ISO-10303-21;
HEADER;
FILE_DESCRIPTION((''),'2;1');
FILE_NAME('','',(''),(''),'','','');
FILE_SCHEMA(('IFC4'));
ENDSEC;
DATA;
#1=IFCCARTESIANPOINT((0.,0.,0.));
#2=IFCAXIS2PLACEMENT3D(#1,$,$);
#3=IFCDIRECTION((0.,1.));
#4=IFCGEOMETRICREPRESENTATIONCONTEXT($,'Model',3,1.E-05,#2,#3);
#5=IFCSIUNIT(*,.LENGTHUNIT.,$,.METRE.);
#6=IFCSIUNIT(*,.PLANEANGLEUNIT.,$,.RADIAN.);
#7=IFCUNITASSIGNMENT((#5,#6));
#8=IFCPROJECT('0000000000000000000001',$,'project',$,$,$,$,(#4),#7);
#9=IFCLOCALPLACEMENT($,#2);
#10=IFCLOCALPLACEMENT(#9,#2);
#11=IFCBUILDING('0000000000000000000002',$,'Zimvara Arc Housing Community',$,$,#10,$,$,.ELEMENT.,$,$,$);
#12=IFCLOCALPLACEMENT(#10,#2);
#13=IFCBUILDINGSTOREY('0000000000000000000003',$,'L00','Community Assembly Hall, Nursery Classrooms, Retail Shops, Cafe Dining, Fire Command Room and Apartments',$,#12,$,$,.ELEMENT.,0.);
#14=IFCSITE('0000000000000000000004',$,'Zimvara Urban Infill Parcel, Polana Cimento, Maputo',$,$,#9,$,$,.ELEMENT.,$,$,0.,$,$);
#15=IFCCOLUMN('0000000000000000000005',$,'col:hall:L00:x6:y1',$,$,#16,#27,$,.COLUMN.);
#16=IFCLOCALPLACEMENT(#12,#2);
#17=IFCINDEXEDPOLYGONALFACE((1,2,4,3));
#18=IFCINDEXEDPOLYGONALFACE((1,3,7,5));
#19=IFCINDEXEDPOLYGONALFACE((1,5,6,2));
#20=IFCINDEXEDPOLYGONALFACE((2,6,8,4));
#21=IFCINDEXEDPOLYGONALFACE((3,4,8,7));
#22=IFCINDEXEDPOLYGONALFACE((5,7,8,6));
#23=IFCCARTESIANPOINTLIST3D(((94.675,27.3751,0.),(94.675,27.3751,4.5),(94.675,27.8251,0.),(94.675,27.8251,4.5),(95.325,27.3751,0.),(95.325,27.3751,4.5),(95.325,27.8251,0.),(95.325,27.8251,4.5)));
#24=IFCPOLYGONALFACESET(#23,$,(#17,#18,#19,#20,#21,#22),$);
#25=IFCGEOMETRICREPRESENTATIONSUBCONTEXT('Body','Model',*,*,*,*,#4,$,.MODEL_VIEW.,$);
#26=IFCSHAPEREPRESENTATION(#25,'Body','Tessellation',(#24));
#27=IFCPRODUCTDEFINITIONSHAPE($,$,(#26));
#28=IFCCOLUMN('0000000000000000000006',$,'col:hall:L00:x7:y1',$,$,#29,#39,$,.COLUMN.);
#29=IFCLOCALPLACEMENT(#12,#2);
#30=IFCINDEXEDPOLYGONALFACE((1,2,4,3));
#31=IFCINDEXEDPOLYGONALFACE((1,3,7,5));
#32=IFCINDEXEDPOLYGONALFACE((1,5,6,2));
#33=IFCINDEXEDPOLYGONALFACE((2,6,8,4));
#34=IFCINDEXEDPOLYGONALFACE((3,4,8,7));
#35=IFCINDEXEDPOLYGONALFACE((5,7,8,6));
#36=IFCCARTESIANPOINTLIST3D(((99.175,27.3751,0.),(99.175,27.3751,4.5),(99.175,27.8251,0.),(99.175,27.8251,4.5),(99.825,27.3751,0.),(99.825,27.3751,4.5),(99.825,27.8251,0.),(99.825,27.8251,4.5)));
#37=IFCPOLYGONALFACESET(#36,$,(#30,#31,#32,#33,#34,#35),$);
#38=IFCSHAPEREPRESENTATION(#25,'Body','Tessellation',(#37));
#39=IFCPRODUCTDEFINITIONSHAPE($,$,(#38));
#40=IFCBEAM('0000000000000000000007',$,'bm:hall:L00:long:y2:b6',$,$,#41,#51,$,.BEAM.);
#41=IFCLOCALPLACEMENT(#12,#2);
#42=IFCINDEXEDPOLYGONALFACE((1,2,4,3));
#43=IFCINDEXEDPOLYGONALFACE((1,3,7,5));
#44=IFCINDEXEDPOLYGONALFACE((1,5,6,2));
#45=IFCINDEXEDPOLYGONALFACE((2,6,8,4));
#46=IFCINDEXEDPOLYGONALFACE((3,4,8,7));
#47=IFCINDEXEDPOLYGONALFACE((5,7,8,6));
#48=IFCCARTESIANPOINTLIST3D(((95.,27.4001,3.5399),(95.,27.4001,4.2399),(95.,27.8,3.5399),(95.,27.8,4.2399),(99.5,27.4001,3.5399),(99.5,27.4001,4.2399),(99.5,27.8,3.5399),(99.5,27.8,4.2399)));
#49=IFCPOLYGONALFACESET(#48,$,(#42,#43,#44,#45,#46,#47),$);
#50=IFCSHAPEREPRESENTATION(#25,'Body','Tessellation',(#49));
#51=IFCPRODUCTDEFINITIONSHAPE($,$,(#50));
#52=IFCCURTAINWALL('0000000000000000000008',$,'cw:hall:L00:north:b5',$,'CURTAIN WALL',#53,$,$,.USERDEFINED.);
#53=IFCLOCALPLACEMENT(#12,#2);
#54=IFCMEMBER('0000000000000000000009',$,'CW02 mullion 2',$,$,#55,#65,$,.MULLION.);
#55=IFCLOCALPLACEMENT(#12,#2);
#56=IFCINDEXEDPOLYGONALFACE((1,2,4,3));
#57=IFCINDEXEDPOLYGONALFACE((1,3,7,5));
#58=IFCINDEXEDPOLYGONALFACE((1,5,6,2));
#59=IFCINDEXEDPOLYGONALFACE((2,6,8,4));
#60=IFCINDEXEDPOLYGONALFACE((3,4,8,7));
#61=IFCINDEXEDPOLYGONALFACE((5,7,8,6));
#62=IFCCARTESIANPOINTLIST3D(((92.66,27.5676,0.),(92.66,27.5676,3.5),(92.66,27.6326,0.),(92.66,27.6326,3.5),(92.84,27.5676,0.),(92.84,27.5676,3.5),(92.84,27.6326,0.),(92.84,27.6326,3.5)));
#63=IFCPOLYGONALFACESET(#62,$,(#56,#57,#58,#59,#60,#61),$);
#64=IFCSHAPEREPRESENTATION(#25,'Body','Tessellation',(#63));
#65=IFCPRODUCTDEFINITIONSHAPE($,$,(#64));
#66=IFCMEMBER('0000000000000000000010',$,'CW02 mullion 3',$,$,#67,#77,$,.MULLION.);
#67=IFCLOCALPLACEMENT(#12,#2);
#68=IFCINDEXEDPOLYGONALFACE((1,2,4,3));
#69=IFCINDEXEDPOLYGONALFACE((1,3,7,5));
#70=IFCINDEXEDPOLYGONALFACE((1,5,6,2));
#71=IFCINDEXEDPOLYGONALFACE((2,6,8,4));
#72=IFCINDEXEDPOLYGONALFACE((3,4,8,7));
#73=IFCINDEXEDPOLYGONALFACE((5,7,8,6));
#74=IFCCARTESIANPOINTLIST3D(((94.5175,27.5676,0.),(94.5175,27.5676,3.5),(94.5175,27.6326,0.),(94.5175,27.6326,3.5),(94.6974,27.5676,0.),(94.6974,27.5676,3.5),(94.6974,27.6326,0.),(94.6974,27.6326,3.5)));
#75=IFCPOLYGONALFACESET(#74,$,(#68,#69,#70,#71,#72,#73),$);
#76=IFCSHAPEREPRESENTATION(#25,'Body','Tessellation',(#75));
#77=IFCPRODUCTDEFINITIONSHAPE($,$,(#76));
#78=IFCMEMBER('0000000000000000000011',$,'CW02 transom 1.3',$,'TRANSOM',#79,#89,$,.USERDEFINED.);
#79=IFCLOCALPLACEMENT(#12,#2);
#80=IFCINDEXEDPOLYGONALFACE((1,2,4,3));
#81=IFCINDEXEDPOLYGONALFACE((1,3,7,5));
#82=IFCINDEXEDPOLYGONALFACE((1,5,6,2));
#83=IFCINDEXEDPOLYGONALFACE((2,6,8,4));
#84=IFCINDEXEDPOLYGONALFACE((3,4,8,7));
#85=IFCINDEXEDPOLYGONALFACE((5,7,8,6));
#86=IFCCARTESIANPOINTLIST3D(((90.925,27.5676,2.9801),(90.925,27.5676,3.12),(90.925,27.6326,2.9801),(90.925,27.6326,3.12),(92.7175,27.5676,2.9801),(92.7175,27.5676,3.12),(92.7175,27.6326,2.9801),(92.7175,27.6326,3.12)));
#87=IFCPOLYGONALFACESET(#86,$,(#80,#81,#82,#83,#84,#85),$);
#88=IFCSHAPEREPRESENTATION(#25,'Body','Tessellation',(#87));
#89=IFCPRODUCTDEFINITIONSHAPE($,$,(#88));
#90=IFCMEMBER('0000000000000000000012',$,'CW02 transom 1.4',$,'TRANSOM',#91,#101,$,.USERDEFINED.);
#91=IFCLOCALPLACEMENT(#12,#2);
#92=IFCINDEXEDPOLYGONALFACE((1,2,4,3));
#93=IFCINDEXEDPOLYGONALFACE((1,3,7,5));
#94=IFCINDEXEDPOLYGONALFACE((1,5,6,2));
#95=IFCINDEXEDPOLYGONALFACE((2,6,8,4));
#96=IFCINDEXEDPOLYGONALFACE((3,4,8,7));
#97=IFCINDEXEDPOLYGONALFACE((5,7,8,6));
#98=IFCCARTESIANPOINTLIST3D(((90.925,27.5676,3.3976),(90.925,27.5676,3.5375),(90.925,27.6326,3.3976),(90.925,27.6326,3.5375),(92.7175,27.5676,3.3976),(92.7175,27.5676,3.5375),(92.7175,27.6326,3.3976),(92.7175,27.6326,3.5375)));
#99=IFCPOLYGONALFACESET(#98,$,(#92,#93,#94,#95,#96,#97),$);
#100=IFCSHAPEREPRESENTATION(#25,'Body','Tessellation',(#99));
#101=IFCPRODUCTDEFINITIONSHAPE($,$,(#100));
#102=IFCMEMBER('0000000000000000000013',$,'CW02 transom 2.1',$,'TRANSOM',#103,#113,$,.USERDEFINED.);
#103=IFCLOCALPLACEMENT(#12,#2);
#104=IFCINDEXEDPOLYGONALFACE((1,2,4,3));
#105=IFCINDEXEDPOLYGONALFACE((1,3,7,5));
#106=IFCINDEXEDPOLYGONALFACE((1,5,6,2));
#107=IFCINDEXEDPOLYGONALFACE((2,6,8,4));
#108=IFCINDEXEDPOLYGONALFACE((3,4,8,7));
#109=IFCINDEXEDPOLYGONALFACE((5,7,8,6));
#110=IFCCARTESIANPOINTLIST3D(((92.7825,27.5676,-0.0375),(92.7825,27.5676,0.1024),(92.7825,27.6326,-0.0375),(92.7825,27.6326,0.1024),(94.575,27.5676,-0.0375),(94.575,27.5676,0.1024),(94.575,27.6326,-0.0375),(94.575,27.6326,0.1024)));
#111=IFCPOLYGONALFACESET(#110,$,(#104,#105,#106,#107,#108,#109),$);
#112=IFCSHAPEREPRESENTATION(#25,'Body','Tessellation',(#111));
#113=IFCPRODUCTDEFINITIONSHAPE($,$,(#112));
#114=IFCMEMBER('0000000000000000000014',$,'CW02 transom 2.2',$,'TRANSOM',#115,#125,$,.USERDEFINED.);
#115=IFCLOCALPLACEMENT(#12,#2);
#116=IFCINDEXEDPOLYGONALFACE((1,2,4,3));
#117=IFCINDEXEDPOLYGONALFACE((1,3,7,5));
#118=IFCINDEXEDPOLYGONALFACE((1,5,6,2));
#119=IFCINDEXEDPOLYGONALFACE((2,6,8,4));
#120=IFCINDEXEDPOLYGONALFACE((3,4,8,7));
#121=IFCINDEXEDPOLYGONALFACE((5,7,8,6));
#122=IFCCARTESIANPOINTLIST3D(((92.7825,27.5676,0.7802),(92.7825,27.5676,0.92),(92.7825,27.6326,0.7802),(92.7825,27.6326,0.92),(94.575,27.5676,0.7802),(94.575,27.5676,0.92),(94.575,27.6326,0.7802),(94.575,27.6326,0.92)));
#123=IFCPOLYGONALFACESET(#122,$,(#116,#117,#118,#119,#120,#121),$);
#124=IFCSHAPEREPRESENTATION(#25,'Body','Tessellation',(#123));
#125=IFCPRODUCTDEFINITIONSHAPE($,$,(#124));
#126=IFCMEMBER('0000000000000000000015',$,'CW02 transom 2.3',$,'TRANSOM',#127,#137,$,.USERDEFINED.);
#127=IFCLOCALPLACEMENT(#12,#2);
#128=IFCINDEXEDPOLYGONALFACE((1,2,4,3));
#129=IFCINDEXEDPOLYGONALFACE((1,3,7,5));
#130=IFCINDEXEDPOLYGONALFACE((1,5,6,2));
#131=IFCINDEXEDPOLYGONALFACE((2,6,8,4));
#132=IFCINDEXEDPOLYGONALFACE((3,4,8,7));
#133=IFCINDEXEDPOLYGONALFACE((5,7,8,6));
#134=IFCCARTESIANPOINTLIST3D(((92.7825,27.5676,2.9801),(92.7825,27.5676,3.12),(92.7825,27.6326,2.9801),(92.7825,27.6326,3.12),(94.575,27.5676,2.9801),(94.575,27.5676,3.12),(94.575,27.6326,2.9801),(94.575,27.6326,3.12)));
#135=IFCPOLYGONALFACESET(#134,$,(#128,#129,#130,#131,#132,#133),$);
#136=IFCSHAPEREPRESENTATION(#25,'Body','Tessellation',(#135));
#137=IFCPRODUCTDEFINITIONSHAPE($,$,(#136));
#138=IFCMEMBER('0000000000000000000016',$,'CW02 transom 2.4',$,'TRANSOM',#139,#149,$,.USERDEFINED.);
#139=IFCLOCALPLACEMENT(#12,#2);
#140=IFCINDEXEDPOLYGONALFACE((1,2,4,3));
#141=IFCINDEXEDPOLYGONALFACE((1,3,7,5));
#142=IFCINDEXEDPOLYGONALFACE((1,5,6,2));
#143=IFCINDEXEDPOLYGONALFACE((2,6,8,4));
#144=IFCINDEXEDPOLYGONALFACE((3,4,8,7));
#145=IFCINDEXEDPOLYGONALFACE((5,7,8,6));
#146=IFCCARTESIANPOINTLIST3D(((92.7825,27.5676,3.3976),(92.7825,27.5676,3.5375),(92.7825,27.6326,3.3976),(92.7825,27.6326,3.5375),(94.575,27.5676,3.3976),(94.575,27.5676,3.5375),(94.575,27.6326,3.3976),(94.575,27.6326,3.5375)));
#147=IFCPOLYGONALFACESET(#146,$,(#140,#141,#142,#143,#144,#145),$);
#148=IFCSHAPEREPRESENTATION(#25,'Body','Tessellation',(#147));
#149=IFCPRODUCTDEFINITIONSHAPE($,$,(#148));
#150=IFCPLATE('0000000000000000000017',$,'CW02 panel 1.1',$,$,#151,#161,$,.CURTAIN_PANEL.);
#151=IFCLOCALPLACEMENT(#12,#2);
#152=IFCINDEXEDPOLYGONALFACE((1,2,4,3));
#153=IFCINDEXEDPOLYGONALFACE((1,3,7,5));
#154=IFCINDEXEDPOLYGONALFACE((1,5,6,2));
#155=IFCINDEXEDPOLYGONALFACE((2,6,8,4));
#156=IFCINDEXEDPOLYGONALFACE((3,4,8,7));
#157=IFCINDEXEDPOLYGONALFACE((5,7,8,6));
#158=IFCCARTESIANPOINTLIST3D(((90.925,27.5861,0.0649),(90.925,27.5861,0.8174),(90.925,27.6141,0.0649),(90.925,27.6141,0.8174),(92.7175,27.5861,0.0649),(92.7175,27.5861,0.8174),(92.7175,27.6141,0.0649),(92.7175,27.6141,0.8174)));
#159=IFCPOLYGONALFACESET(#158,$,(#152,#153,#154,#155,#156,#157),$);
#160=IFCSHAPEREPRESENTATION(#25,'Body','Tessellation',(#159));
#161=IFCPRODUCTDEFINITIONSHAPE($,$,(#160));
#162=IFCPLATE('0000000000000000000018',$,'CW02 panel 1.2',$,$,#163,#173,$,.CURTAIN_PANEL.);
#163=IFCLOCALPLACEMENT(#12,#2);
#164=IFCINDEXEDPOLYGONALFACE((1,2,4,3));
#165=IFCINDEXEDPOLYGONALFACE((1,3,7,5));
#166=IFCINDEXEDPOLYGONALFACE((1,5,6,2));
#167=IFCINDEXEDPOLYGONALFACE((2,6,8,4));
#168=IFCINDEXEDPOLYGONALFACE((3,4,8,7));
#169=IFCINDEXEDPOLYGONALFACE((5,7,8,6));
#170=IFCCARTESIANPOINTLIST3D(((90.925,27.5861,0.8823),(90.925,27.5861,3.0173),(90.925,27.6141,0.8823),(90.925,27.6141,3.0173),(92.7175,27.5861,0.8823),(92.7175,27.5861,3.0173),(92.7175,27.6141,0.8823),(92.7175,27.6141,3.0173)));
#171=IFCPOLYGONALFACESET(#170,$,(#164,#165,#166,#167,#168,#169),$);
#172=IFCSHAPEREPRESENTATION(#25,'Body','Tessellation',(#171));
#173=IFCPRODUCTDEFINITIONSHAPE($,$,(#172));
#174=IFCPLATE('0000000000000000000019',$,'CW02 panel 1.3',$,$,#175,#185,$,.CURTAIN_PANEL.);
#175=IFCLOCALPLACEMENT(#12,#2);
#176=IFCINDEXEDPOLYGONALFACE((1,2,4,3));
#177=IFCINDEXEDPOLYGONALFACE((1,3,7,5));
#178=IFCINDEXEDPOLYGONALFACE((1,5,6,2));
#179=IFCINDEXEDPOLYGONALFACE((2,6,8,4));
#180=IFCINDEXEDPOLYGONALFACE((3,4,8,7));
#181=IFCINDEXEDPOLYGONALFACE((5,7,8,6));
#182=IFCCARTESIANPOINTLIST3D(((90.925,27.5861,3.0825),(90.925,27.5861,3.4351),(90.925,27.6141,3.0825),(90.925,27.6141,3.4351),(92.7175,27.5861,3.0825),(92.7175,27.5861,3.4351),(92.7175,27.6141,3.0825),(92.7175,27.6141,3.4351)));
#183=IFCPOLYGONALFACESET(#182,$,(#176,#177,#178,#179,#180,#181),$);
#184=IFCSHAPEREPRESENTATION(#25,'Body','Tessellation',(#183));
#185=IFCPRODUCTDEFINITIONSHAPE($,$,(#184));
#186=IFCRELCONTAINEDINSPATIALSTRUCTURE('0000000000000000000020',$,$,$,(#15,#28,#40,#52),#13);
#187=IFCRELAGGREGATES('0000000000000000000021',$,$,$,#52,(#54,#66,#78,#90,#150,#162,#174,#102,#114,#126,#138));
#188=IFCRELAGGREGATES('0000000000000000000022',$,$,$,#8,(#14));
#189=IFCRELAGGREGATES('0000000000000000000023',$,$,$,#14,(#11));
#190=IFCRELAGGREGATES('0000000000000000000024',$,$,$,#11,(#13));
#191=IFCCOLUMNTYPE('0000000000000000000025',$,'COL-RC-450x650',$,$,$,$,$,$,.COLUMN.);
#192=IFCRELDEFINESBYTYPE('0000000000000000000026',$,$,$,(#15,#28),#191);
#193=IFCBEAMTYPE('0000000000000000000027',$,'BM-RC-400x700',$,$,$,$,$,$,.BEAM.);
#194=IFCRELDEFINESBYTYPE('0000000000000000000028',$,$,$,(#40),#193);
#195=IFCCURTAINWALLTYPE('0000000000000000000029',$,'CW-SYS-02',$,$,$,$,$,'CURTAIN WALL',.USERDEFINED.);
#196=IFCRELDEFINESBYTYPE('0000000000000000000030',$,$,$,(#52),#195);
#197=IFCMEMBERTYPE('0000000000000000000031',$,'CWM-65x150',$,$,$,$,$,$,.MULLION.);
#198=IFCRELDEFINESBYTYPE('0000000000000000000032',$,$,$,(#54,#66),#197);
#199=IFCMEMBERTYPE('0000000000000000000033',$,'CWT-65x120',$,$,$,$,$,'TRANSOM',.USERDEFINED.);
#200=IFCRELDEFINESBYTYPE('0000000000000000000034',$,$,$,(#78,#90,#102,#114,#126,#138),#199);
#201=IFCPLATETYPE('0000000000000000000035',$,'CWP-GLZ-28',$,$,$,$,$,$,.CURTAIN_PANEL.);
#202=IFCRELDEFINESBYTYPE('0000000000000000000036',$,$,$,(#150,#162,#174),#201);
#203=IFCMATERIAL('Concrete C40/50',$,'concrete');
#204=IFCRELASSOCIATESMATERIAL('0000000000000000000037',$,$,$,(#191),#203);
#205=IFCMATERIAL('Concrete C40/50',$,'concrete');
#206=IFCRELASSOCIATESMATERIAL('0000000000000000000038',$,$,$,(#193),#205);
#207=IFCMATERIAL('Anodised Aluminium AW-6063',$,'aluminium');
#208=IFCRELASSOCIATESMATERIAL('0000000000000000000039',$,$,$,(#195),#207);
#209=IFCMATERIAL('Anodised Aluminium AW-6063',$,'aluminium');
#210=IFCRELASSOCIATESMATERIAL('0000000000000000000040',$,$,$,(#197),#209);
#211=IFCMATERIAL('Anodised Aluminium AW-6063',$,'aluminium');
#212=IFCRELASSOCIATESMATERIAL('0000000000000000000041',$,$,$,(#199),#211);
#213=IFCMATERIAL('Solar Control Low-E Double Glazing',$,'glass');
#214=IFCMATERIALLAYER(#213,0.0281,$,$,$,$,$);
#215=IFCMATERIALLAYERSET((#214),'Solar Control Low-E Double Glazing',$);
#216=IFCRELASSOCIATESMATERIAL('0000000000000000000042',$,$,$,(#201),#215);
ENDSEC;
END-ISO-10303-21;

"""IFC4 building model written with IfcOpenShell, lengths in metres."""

from ifc_helpers import new_model, si_unit, direction, frame, origin, origin_2d, place, context, subcontext, project, spatial, rectangle, extrude, material, layer, layer_set, material_profile, profile_set, type_object, element, aggregate, save


model = new_model("IFC4")

# Units and contexts
model_context = context("Model", 3, precision=1e-05, world=origin(), true_north=direction((0.0, 1.0)))
body_context = subcontext(model_context, "Body", "Model", "MODEL_VIEW")
ifc_project = project(units=[si_unit("LENGTHUNIT", "METRE"), si_unit("PLANEANGLEUNIT", "RADIAN")], contexts=[model_context])

# Site, building, storey
site_placement = place(None, origin())
site = spatial("IfcSite", under=ifc_project, at=site_placement, Name="Zimvara Urban Infill Parcel, Polana Cimento, Maputo", CompositionType="ELEMENT", RefElevation=0.0)
building_placement = place(site_placement, origin())
building = spatial("IfcBuilding", under=site, at=building_placement, Name="Zimvara Arc Housing Community", CompositionType="ELEMENT")
storey_placement = place(building_placement, origin())
storey = spatial("IfcBuildingStorey", under=building, at=storey_placement, Name="L00", Description="Community Assembly Hall, Nursery Classrooms, Retail Shops, Cafe Dining, Fire Command Room and Apartments", CompositionType="ELEMENT", Elevation=0.0)

# Columns
ifc_material_1 = material(Name="Concrete C40/50", Category="concrete")
ifc_material_profile_1 = material_profile(ifc_material_1, rectangle(XDim=0.45, YDim=0.6499, at=origin_2d()), Name="RC 450x650")
ifc_profile_set_1 = profile_set([ifc_material_profile_1], Name="Concrete C40/50")
column_type = type_object("IfcColumnType", Name="COL-RC-450x650", PredefinedType="COLUMN", material=ifc_profile_set_1)
for number, where, z_axis, x_axis, name in (
    (1, (95.0, 27.6001, 0.0), (0.0, 0.0, 1.0), (0.0, 1.0, 0.0), "col:hall:L00:x6:y1"),
    (2, (99.5, 27.6001, 0.0), (0.0, 0.0, 1.0), (0.0, 1.0, 0.0), "col:hall:L00:x7:y1"),
):
    element("IfcColumn", number, at=place(storey_placement, frame(where, z_axis=z_axis, x_axis=x_axis)), inside=storey, type_object=column_type, Name=name, PredefinedType="COLUMN", context=body_context, shape_type="SweptSolid", body=[
        extrude(rectangle(XDim=0.45, YDim=0.6499, at=origin_2d()), origin(), (0.0, 0.0, 1.0), 4.5),
    ])

# Beam
ifc_material_2 = material(Name="Concrete C40/50", Category="concrete")
ifc_material_profile_2 = material_profile(ifc_material_2, rectangle(XDim=0.3999, YDim=0.7, at=origin_2d()), Name="RC 400x700")
ifc_profile_set_2 = profile_set([ifc_material_profile_2], Name="Concrete C40/50")
beam_type = type_object("IfcBeamType", Name="BM-RC-400x700", PredefinedType="BEAM", material=ifc_profile_set_2)
beam_placement = place(storey_placement, frame((95.0, 27.6001, 3.8899), z_axis=(1.0, 0.0, 0.0), x_axis=(0.0, 1.0, 0.0)))
element("IfcBeam", 3, at=beam_placement, inside=storey, type_object=beam_type, Name="bm:hall:L00:long:y2:b6", PredefinedType="BEAM", context=body_context, shape_type="SweptSolid", body=[
    extrude(rectangle(XDim=0.3999, YDim=0.7, at=origin_2d()), origin(), (0.0, 0.0, 1.0), 4.5),
])

# Curtain wall, members, plates
ifc_material_3 = material(Name="Anodised Aluminium AW-6063", Category="aluminium")
curtain_wall_type = type_object("IfcCurtainWallType", Name="CW-SYS-02", ElementType="CURTAIN WALL", PredefinedType="USERDEFINED", material=ifc_material_3)
curtain_wall_placement = place(storey_placement, origin())
curtain_wall = element("IfcCurtainWall", 4, at=curtain_wall_placement, inside=storey, type_object=curtain_wall_type, Name="cw:hall:L00:north:b5", ObjectType="CURTAIN WALL", PredefinedType="USERDEFINED")
ifc_material_4 = material(Name="Anodised Aluminium AW-6063", Category="aluminium")
ifc_material_profile_3 = material_profile(ifc_material_4, rectangle(XDim=0.0649, YDim=0.1799, at=origin_2d()), Name="ALU 65x180")
ifc_profile_set_3 = profile_set([ifc_material_profile_3], Name="Anodised Aluminium AW-6063")
member_type_1 = type_object("IfcMemberType", Name="CWM-65x150", PredefinedType="MULLION", material=ifc_profile_set_3)
member_1_placement = place(storey_placement, frame((92.75, 27.6001, 0.0), z_axis=(0.0, 0.0, 1.0), x_axis=(0.0, 1.0, 0.0)))
member_1 = element("IfcMember", 5, at=member_1_placement, type_object=member_type_1, Name="CW02 mullion 2", PredefinedType="MULLION", context=body_context, shape_type="SweptSolid", body=[
    extrude(rectangle(XDim=0.0649, YDim=0.1799, at=origin_2d()), origin(), (0.0, 0.0, 1.0), 3.5),
])
member_2_placement = place(storey_placement, frame((94.6074, 27.6001, 0.0), z_axis=(0.0, 0.0, 1.0), x_axis=(0.0, 1.0, 0.0)))
member_2 = element("IfcMember", 6, at=member_2_placement, type_object=member_type_1, Name="CW02 mullion 3", PredefinedType="MULLION", context=body_context, shape_type="SweptSolid", body=[
    extrude(rectangle(XDim=0.0649, YDim=0.1799, at=origin_2d()), origin(), (0.0, 0.0, 1.0), 3.5),
])
ifc_material_5 = material(Name="Anodised Aluminium AW-6063", Category="aluminium")
ifc_material_profile_4 = material_profile(ifc_material_5, rectangle(XDim=0.0649, YDim=0.1399, at=origin_2d()), Name="ALU 65x140")
ifc_profile_set_4 = profile_set([ifc_material_profile_4], Name="Anodised Aluminium AW-6063")
member_type_2 = type_object("IfcMemberType", Name="CWT-65x120", ElementType="TRANSOM", PredefinedType="USERDEFINED", material=ifc_profile_set_4)
member_3_placement = place(storey_placement, frame((90.925, 27.6001, 3.05), z_axis=(1.0, 0.0, 0.0), x_axis=(0.0, 1.0, 0.0)))
member_3 = element("IfcMember", 7, at=member_3_placement, type_object=member_type_2, Name="CW02 transom 1.3", ObjectType="TRANSOM", PredefinedType="USERDEFINED", context=body_context, shape_type="SweptSolid", body=[
    extrude(rectangle(XDim=0.0649, YDim=0.1399, at=origin_2d()), origin(), (0.0, 0.0, 1.0), 1.7925),
])
member_4_placement = place(storey_placement, frame((90.925, 27.6001, 3.4675), z_axis=(1.0, 0.0, 0.0), x_axis=(0.0, 1.0, 0.0)))
member_4 = element("IfcMember", 8, at=member_4_placement, type_object=member_type_2, Name="CW02 transom 1.4", ObjectType="TRANSOM", PredefinedType="USERDEFINED", context=body_context, shape_type="SweptSolid", body=[
    extrude(rectangle(XDim=0.0649, YDim=0.1399, at=origin_2d()), origin(), (0.0, 0.0, 1.0), 1.7925),
])
member_5_placement = place(storey_placement, frame((92.7825, 27.6001, 0.0325), z_axis=(1.0, 0.0, 0.0), x_axis=(0.0, 1.0, 0.0)))
member_5 = element("IfcMember", 9, at=member_5_placement, type_object=member_type_2, Name="CW02 transom 2.1", ObjectType="TRANSOM", PredefinedType="USERDEFINED", context=body_context, shape_type="SweptSolid", body=[
    extrude(rectangle(XDim=0.0649, YDim=0.1399, at=origin_2d()), origin(), (0.0, 0.0, 1.0), 1.7925),
])
member_6_placement = place(storey_placement, frame((92.7825, 27.6001, 0.8501), z_axis=(1.0, 0.0, 0.0), x_axis=(0.0, 1.0, 0.0)))
member_6 = element("IfcMember", 10, at=member_6_placement, type_object=member_type_2, Name="CW02 transom 2.2", ObjectType="TRANSOM", PredefinedType="USERDEFINED", context=body_context, shape_type="SweptSolid", body=[
    extrude(rectangle(XDim=0.0649, YDim=0.1399, at=origin_2d()), origin(), (0.0, 0.0, 1.0), 1.7925),
])
member_7_placement = place(storey_placement, frame((92.7825, 27.6001, 3.05), z_axis=(1.0, 0.0, 0.0), x_axis=(0.0, 1.0, 0.0)))
member_7 = element("IfcMember", 11, at=member_7_placement, type_object=member_type_2, Name="CW02 transom 2.3", ObjectType="TRANSOM", PredefinedType="USERDEFINED", context=body_context, shape_type="SweptSolid", body=[
    extrude(rectangle(XDim=0.0649, YDim=0.1399, at=origin_2d()), origin(), (0.0, 0.0, 1.0), 1.7925),
])
member_8_placement = place(storey_placement, frame((92.7825, 27.6001, 3.4675), z_axis=(1.0, 0.0, 0.0), x_axis=(0.0, 1.0, 0.0)))
member_8 = element("IfcMember", 12, at=member_8_placement, type_object=member_type_2, Name="CW02 transom 2.4", ObjectType="TRANSOM", PredefinedType="USERDEFINED", context=body_context, shape_type="SweptSolid", body=[
    extrude(rectangle(XDim=0.0649, YDim=0.1399, at=origin_2d()), origin(), (0.0, 0.0, 1.0), 1.7925),
])
ifc_material_6 = material(Name="Solar Control Low-E Double Glazing", Category="glass")
ifc_layer_1 = layer(ifc_material_6, 0.0281)
ifc_layer_set_1 = layer_set([ifc_layer_1], Name="Solar Control Low-E Double Glazing")
plate_type = type_object("IfcPlateType", Name="CWP-GLZ-28", PredefinedType="CURTAIN_PANEL", material=ifc_layer_set_1)
plate_1_placement = place(storey_placement, frame((91.8213, 27.6001, 0.0649), z_axis=(0.0, 0.0, 1.0), x_axis=(1.0, 0.0, 0.0)))
plate_1 = element("IfcPlate", 13, at=plate_1_placement, type_object=plate_type, Name="CW02 panel 1.1", PredefinedType="CURTAIN_PANEL", context=body_context, shape_type="SweptSolid", body=[
    extrude(rectangle(XDim=1.7925, YDim=0.0281, at=origin_2d()), origin(), (0.0, 0.0, 1.0), 0.7524),
])
plate_2_placement = place(storey_placement, frame((91.8213, 27.6001, 0.8823), z_axis=(0.0, 0.0, 1.0), x_axis=(1.0, 0.0, 0.0)))
plate_2 = element("IfcPlate", 14, at=plate_2_placement, type_object=plate_type, Name="CW02 panel 1.2", PredefinedType="CURTAIN_PANEL", context=body_context, shape_type="SweptSolid", body=[
    extrude(rectangle(XDim=1.7925, YDim=0.0281, at=origin_2d()), origin(), (0.0, 0.0, 1.0), 2.135),
])
plate_3_placement = place(storey_placement, frame((91.8213, 27.6001, 3.0825), z_axis=(0.0, 0.0, 1.0), x_axis=(1.0, 0.0, 0.0)))
plate_3 = element("IfcPlate", 15, at=plate_3_placement, type_object=plate_type, Name="CW02 panel 1.3", PredefinedType="CURTAIN_PANEL", context=body_context, shape_type="SweptSolid", body=[
    extrude(rectangle(XDim=1.7925, YDim=0.0281, at=origin_2d()), origin(), (0.0, 0.0, 1.0), 0.3525),
])
aggregate(curtain_wall, [member_1, member_2, member_3, member_4, plate_1, plate_2, plate_3, member_5, member_6, member_7, member_8])

save(model, "model.ifc")
